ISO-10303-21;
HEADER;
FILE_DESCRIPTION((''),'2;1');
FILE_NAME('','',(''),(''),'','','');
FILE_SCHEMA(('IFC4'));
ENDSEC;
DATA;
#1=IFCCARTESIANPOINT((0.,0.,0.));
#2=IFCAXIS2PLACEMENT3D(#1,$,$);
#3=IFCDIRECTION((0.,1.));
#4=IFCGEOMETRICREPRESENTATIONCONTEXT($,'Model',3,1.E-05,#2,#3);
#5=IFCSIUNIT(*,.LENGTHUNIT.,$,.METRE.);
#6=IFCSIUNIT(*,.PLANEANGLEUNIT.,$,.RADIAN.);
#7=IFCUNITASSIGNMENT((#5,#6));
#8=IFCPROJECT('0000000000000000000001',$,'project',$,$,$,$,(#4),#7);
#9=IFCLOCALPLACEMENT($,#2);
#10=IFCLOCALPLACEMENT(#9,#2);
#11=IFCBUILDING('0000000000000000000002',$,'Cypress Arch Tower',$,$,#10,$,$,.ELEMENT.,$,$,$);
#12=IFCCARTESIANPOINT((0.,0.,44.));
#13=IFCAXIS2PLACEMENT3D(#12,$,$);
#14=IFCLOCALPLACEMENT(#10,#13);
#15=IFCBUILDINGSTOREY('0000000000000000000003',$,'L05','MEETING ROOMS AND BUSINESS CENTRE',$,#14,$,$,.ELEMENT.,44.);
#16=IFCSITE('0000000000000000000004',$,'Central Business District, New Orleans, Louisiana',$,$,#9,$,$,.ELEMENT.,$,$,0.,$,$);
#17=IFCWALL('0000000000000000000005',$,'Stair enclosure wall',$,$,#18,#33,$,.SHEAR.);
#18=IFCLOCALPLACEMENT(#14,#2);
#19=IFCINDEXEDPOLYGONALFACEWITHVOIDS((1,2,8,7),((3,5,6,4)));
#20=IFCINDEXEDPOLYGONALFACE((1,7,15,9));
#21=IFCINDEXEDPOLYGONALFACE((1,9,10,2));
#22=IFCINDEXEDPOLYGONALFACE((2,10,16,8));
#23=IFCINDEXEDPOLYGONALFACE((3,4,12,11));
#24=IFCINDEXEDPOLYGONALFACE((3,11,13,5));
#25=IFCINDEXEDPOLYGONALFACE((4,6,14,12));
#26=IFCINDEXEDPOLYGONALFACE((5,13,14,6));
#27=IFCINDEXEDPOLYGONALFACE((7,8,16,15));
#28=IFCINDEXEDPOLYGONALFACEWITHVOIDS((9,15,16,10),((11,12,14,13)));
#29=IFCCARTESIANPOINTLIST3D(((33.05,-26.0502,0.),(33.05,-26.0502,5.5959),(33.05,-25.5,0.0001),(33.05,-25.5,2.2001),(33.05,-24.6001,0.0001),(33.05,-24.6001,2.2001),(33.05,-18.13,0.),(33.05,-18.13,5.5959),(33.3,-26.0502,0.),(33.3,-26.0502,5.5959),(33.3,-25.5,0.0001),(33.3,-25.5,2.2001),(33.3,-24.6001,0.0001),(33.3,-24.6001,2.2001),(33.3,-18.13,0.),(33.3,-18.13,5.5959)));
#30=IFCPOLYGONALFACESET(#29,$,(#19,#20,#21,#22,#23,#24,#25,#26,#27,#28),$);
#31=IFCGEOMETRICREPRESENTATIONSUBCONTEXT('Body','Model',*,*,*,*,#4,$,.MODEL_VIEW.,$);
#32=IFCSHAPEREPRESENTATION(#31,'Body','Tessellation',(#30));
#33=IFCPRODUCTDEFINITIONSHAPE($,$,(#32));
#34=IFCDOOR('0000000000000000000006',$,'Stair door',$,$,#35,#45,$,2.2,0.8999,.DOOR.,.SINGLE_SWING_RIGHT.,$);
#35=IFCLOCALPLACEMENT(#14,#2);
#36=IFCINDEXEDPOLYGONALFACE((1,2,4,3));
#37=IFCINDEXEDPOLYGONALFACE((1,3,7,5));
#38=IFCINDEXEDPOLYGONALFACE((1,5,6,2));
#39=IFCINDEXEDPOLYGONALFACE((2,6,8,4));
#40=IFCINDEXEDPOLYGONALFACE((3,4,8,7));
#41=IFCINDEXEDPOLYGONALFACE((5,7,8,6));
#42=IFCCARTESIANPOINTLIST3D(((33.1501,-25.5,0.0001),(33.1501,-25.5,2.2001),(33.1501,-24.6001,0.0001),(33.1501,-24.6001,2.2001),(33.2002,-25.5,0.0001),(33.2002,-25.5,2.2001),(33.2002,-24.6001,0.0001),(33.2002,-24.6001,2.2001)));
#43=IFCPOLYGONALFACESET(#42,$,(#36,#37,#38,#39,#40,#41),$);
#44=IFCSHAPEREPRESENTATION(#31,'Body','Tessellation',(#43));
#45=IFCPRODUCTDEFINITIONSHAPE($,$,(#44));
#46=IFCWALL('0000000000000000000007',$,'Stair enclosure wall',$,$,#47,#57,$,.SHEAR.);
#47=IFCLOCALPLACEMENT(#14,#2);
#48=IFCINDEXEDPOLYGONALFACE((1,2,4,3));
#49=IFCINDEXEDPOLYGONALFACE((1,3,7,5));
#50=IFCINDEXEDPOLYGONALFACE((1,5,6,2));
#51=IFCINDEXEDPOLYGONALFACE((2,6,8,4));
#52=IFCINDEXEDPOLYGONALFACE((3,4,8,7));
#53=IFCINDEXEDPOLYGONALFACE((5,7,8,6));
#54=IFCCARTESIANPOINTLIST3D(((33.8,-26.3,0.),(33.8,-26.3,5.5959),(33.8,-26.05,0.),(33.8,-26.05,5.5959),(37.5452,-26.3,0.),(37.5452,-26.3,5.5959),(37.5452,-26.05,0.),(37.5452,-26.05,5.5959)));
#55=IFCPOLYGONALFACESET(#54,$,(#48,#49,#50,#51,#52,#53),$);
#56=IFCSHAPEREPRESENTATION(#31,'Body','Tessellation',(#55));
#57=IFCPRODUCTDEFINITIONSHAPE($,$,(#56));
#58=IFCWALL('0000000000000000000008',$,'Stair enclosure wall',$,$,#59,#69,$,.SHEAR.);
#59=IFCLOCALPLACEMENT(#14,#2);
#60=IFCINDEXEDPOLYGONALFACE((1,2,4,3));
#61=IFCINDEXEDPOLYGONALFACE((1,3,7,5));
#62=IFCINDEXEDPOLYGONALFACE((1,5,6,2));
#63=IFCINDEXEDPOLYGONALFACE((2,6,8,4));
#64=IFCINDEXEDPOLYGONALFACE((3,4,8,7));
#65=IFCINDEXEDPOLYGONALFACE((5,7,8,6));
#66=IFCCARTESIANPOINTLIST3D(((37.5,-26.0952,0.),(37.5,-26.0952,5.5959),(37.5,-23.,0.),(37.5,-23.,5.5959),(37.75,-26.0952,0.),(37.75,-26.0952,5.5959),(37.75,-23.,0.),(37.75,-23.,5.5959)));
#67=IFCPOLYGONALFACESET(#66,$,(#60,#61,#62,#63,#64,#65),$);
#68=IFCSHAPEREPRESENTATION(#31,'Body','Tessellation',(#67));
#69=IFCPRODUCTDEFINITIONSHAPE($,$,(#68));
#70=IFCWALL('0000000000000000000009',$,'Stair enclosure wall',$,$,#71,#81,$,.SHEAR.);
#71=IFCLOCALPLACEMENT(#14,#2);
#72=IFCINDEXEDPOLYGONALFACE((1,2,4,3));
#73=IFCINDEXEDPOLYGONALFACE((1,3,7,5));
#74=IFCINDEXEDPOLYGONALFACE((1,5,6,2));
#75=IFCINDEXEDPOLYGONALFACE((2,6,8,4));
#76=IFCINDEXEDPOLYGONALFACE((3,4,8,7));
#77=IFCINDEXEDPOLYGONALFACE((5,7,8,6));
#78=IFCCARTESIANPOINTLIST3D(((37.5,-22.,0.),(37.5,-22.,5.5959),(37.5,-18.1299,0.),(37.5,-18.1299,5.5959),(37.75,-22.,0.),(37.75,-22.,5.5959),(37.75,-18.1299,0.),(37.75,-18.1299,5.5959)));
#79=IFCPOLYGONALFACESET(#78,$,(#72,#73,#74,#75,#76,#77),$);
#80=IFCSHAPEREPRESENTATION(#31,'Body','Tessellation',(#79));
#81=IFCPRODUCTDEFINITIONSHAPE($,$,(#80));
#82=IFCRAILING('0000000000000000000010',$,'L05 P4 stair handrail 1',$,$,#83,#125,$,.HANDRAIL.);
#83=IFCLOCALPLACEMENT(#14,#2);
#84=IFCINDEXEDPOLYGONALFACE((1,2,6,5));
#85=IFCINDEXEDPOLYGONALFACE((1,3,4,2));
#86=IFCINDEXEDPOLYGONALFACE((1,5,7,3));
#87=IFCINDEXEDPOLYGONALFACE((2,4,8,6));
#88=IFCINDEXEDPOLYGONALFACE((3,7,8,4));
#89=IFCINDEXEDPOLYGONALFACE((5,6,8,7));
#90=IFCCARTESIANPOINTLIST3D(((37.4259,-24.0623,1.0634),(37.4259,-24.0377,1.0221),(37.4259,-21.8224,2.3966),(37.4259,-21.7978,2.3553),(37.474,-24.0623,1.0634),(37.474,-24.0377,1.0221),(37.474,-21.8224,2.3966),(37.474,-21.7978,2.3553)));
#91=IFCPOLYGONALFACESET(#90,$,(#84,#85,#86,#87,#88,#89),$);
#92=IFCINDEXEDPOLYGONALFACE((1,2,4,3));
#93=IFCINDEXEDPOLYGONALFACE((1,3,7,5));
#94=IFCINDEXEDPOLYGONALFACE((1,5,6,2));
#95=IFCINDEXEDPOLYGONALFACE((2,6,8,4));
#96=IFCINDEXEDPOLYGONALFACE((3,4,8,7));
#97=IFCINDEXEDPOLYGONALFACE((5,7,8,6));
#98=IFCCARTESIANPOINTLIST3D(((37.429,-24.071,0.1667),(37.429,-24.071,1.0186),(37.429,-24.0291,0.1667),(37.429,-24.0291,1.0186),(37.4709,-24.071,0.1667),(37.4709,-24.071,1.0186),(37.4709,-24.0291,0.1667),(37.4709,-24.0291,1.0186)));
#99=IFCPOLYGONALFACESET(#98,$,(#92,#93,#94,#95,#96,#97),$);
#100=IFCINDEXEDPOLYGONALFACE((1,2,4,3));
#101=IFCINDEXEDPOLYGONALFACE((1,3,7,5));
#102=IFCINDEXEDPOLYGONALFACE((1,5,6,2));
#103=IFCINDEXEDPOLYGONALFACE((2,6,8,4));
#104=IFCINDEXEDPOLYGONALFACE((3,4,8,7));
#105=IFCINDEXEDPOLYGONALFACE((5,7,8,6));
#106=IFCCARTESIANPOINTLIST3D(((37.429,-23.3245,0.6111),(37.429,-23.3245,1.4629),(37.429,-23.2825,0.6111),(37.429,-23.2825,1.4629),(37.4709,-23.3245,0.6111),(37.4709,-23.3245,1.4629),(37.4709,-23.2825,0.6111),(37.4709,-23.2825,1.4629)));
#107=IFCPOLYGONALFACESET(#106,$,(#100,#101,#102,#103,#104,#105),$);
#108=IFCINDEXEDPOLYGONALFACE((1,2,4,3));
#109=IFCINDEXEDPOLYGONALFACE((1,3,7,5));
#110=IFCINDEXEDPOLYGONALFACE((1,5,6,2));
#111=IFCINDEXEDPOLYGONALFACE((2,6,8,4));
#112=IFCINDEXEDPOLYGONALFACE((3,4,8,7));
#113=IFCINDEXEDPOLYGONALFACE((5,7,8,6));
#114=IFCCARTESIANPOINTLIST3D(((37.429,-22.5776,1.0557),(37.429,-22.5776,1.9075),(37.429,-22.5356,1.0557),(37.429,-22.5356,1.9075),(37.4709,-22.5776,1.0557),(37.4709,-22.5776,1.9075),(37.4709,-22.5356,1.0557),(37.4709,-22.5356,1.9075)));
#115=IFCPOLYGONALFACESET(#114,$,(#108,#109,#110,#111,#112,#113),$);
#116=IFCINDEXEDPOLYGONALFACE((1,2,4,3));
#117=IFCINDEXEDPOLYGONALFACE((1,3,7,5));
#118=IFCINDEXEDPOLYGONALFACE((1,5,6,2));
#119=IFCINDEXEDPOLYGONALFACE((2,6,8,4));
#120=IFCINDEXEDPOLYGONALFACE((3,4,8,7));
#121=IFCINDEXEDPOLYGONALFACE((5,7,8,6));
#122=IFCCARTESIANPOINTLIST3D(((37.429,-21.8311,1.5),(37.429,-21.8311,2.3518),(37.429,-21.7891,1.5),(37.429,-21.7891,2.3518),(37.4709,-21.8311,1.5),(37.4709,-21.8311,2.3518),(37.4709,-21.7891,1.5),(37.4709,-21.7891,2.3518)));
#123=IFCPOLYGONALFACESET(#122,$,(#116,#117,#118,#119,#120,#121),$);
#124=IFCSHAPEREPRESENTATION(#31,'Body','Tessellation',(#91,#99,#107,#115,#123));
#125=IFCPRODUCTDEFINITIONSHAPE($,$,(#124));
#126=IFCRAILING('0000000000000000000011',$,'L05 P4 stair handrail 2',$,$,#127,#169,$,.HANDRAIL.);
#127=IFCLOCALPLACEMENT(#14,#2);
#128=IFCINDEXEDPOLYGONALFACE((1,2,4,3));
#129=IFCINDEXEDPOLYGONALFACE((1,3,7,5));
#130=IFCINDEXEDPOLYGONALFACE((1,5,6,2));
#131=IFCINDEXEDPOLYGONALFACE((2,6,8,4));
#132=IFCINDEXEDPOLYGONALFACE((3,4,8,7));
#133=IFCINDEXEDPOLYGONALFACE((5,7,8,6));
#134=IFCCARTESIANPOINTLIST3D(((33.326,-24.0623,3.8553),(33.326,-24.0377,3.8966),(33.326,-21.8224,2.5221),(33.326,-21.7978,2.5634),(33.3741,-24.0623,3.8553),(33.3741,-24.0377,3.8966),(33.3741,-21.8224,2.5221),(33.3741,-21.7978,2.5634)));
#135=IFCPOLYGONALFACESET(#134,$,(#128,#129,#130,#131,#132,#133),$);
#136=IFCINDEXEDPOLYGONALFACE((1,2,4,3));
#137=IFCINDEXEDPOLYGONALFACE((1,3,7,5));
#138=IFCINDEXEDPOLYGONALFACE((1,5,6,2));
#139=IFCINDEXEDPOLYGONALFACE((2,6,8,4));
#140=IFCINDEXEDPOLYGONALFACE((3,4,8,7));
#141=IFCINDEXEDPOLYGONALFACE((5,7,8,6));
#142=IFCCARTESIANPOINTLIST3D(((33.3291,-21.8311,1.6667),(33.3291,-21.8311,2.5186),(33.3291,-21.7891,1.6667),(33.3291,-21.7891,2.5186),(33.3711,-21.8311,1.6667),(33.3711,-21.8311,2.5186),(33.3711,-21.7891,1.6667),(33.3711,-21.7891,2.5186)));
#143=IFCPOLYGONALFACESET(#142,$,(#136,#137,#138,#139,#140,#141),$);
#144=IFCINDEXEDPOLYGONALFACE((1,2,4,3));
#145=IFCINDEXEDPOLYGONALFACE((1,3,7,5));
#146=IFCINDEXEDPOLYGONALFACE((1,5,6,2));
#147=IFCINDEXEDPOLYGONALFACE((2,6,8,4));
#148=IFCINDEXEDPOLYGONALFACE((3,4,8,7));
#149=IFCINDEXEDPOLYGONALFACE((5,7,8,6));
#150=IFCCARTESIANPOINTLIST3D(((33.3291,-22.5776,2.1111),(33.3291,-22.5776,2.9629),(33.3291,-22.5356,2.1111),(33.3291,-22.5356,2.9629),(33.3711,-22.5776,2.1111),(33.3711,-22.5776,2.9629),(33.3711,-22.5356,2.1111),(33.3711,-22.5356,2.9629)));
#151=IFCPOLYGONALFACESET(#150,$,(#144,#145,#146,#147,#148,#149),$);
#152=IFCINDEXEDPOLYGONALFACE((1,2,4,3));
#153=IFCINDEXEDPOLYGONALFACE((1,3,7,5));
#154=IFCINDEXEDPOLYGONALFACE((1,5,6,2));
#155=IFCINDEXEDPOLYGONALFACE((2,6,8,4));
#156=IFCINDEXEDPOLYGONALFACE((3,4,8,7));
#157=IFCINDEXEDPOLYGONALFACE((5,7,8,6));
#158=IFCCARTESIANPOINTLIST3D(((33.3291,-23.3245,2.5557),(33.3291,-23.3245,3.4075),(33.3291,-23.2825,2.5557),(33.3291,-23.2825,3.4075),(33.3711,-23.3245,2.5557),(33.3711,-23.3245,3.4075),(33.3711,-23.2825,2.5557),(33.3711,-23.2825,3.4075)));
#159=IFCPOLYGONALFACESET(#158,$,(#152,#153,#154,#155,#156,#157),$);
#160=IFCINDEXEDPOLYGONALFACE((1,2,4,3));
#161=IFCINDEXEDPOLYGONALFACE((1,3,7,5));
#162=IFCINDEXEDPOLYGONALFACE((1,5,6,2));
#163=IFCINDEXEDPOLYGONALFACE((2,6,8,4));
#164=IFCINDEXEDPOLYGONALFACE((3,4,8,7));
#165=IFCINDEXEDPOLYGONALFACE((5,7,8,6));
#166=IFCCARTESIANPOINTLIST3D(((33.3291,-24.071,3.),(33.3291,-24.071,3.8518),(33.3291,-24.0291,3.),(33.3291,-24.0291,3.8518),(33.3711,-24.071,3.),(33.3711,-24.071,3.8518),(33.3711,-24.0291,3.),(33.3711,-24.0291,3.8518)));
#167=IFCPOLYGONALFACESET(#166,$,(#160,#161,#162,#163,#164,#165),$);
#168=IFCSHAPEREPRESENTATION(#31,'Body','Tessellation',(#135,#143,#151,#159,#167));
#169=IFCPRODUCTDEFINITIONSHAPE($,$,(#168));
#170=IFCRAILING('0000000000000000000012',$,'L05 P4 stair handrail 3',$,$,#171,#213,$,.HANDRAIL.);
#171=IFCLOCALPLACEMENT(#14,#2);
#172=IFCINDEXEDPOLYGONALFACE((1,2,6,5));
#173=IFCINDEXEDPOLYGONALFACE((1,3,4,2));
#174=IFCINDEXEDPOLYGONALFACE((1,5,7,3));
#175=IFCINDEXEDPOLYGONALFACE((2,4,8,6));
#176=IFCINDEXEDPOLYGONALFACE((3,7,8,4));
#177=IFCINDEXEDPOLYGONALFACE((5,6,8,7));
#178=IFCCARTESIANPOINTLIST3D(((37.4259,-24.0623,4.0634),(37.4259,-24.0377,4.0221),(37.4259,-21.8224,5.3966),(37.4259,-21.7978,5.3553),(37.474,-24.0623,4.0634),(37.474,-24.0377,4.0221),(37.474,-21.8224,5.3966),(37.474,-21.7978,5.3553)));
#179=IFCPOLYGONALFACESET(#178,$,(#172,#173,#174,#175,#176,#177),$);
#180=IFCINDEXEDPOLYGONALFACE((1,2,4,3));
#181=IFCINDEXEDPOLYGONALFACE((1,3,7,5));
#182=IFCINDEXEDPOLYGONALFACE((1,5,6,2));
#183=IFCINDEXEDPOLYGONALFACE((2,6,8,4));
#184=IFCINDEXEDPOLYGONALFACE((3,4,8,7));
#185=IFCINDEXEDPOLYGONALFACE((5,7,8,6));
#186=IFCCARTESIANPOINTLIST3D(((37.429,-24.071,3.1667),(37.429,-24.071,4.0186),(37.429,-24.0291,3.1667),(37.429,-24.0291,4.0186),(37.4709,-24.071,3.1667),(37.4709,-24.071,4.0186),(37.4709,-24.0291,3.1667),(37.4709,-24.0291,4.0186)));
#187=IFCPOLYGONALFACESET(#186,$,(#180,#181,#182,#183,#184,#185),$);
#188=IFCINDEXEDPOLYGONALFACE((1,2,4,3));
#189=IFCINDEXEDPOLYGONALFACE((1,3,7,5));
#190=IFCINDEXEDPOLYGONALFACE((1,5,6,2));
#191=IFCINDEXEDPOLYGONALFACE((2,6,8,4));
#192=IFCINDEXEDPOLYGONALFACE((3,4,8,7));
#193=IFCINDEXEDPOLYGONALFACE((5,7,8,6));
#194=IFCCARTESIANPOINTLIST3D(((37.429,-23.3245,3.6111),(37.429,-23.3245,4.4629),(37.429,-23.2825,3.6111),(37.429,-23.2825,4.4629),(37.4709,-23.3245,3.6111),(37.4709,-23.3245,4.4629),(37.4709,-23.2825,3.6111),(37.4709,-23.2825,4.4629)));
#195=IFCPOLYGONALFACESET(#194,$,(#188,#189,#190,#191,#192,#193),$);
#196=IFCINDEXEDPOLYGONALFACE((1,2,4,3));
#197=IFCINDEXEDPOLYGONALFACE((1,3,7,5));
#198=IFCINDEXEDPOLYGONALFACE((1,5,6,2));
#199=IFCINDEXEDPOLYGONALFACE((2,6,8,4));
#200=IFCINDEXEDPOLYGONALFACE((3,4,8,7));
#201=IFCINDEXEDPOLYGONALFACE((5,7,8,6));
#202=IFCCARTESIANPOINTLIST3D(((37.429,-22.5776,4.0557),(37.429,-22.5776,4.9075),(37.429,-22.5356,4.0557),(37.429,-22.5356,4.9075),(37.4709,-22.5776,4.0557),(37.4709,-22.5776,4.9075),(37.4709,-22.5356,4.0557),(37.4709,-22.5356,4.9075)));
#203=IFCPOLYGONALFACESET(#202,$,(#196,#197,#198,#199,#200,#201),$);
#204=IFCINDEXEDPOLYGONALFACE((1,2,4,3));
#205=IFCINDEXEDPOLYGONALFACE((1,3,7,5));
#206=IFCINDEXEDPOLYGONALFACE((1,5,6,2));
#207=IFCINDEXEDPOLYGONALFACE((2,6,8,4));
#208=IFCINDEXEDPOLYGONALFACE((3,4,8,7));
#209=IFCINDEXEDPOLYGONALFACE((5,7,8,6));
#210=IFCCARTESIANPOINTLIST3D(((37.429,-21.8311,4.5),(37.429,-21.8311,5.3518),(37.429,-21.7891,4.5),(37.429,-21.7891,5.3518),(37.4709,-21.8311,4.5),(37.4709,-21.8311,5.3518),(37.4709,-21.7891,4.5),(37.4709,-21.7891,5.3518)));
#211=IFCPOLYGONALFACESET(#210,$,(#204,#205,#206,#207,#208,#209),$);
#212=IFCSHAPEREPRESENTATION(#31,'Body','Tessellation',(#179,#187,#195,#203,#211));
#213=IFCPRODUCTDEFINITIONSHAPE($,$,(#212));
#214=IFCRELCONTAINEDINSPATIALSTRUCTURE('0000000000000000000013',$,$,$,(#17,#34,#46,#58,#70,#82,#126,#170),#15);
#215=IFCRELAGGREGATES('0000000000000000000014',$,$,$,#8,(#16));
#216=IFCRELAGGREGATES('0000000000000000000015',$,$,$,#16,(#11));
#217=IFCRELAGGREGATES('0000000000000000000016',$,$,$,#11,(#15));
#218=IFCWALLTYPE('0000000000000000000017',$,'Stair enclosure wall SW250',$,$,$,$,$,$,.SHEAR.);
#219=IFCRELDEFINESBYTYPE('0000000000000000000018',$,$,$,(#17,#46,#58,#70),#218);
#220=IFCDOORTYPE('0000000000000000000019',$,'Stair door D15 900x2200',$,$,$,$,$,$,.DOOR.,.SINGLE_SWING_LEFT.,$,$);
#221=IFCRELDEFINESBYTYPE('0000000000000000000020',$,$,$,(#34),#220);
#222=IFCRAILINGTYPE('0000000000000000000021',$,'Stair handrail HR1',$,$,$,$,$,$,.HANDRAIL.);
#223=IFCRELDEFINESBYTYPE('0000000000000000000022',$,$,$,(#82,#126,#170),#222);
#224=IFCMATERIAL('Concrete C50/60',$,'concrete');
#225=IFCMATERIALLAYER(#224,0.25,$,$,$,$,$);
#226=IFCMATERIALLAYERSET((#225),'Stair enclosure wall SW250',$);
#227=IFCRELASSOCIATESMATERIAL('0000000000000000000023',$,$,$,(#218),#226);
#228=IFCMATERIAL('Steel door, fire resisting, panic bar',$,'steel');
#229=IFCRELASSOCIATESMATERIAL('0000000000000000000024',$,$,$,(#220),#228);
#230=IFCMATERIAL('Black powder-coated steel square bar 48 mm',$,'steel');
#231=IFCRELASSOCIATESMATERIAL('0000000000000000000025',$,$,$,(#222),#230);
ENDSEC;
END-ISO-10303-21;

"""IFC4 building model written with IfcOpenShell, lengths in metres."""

from ifc_helpers import new_model, si_unit, direction, frame, frame_2d, origin, origin_2d, place, context, subcontext, project, spatial, rectangle, extrude, material, layer, layer_set, type_object, element, fill, save


model = new_model("IFC4")

# Units and contexts
model_context = context("Model", 3, precision=1e-05, world=origin(), true_north=direction((0.0, 1.0)))
body_context = subcontext(model_context, "Body", "Model", "MODEL_VIEW")
ifc_project = project(units=[si_unit("LENGTHUNIT", "METRE"), si_unit("PLANEANGLEUNIT", "RADIAN")], contexts=[model_context])

# Site, building, storey
site_placement = place(None, origin())
site = spatial("IfcSite", under=ifc_project, at=site_placement, Name="Central Business District, New Orleans, Louisiana", CompositionType="ELEMENT", RefElevation=0.0)
building_placement = place(site_placement, origin())
building = spatial("IfcBuilding", under=site, at=building_placement, Name="Cypress Arch Tower", CompositionType="ELEMENT")
storey_placement = place(building_placement, frame((0.0, 0.0, 44.0)))
storey = spatial("IfcBuildingStorey", under=building, at=storey_placement, Name="L05", Description="MEETING ROOMS AND BUSINESS CENTRE", CompositionType="ELEMENT", Elevation=44.0)

# Wall, opening, door
ifc_material_1 = material(Name="Concrete C50/60", Category="concrete")
ifc_layer_1 = layer(ifc_material_1, 0.25)
ifc_layer_set_1 = layer_set([ifc_layer_1], Name="Stair enclosure wall SW250")
wall_type_1 = type_object("IfcWallType", Name="Stair enclosure wall SW250", PredefinedType="SHEAR", material=ifc_layer_set_1)
wall_1_placement = place(storey_placement, frame((33.175, -26.05, 0.0), z_axis=(0.0, 0.0, 1.0), x_axis=(0.0, 1.0, 0.0)))
wall_1 = element("IfcWall", 1, at=wall_1_placement, inside=storey, type_object=wall_type_1, Name="Stair enclosure wall", PredefinedType="SHEAR", context=body_context, shape_type="SweptSolid", body=[
    extrude(rectangle(XDim=7.9202, YDim=0.25, at=frame_2d((3.96, 0.0))), origin(), (0.0, 0.0, 1.0), 5.5959),
])
opening_1_placement = place(wall_1_placement, frame((0.55, 0.0, 0.0)))
opening_1 = element("IfcOpeningElement", 2, at=opening_1_placement, cuts=wall_1, PredefinedType="OPENING", context=body_context, shape_type="SweptSolid", body=[
    extrude(rectangle(XDim=0.8999, YDim=2.2, at=frame_2d((0.45, 1.1001))), frame((0.0, 0.135, 0.0), z_axis=(0.0, -1.0, 0.0), x_axis=(1.0, 0.0, 0.0)), (0.0, 0.0, 1.0), 0.27),
])
ifc_material_2 = material(Name="Steel door, fire resisting, panic bar", Category="steel")
door_type = type_object("IfcDoorType", Name="Stair door D15 900x2200", OperationType="SINGLE_SWING_LEFT", PredefinedType="DOOR", material=ifc_material_2)
door_placement = place(opening_1_placement, origin())
door = element("IfcDoor", 3, at=door_placement, inside=storey, type_object=door_type, Name="Stair door", OperationType="SINGLE_SWING_RIGHT", OverallHeight=2.2, OverallWidth=0.8999, PredefinedType="DOOR", context=body_context, shape_type="SweptSolid", body=[
    extrude(rectangle(XDim=0.8999, YDim=2.2, at=frame_2d((0.45, 1.1001))), frame((0.0, 0.0249, 0.0), z_axis=(0.0, -1.0, 0.0), x_axis=(1.0, 0.0, 0.0)), (0.0, 0.0, 1.0), 0.05),
])
fill(opening_1, door)

# Walls
wall_2_placement = place(storey_placement, frame((33.8, -26.175, 0.0), z_axis=(0.0, 0.0, 1.0), x_axis=(1.0, 0.0, 0.0)))
element("IfcWall", 4, at=wall_2_placement, inside=storey, type_object=wall_type_1, Name="Stair enclosure wall", PredefinedType="SHEAR", context=body_context, shape_type="SweptSolid", body=[
    extrude(rectangle(XDim=3.7451, YDim=0.25, at=frame_2d((1.8726, 0.0))), origin(), (0.0, 0.0, 1.0), 5.5959),
])
wall_3_placement = place(storey_placement, frame((37.625, -26.0952, 0.0), z_axis=(0.0, 0.0, 1.0), x_axis=(0.0, 1.0, 0.0)))
element("IfcWall", 5, at=wall_3_placement, inside=storey, type_object=wall_type_1, Name="Stair enclosure wall", PredefinedType="SHEAR", context=body_context, shape_type="SweptSolid", body=[
    extrude(rectangle(XDim=3.0952, YDim=0.25, at=frame_2d((1.5476, 0.0))), origin(), (0.0, 0.0, 1.0), 5.5959),
])
wall_4_placement = place(storey_placement, frame((37.625, -22.0, 0.0), z_axis=(0.0, 0.0, 1.0), x_axis=(0.0, 1.0, 0.0)))
element("IfcWall", 6, at=wall_4_placement, inside=storey, type_object=wall_type_1, Name="Stair enclosure wall", PredefinedType="SHEAR", context=body_context, shape_type="SweptSolid", body=[
    extrude(rectangle(XDim=3.8701, YDim=0.25, at=frame_2d((1.9351, 0.0))), origin(), (0.0, 0.0, 1.0), 5.5959),
])

# Railings
ifc_material_3 = material(Name="Black powder-coated steel square bar 48 mm", Category="steel")
railing_type_1 = type_object("IfcRailingType", Name="Stair handrail HR1", PredefinedType="HANDRAIL", material=ifc_material_3)
railing_1_placement = place(storey_placement, frame((37.45, -24.05, 0.1667)))
element("IfcRailing", 7, at=railing_1_placement, inside=storey, type_object=railing_type_1, Name="L05 P4 stair handrail 1", PredefinedType="HANDRAIL", context=body_context, shape_type="SweptSolid", body=[
    extrude(rectangle(XDim=0.0481, YDim=0.0481, at=origin_2d()), frame((0.0, 0.0, 0.876), z_axis=(0.0, 0.859306, 0.511462), x_axis=(-1.0, 0.0, 0.0)), (0.0, 0.0, 1.0), 2.6067),
    extrude(rectangle(XDim=0.042, YDim=0.042, at=origin_2d()), origin(), (0.0, 0.0, 1.0), 0.8518),
    extrude(rectangle(XDim=0.042, YDim=0.042, at=origin_2d()), frame((0.0, 0.7466, 0.4443)), (0.0, 0.0, 1.0), 0.8518),
    extrude(rectangle(XDim=0.042, YDim=0.042, at=origin_2d()), frame((0.0, 1.4934, 0.8889)), (0.0, 0.0, 1.0), 0.8518),
    extrude(rectangle(XDim=0.042, YDim=0.042, at=origin_2d()), frame((0.0, 2.24, 1.3333)), (0.0, 0.0, 1.0), 0.8518),
])
railing_2_placement = place(storey_placement, frame((33.3501, -21.8101, 1.6667)))
element("IfcRailing", 8, at=railing_2_placement, inside=storey, type_object=railing_type_1, Name="L05 P4 stair handrail 2", PredefinedType="HANDRAIL", context=body_context, shape_type="SweptSolid", body=[
    extrude(rectangle(XDim=0.0481, YDim=0.0481, at=origin_2d()), frame((0.0, 0.0, 0.876), z_axis=(0.0, -0.859306, 0.511462), x_axis=(1.0, 0.0, 0.0)), (0.0, 0.0, 1.0), 2.6067),
    extrude(rectangle(XDim=0.042, YDim=0.042, at=origin_2d()), origin(), (0.0, 0.0, 1.0), 0.8518),
    extrude(rectangle(XDim=0.042, YDim=0.042, at=origin_2d()), frame((0.0, -0.7466, 0.4443)), (0.0, 0.0, 1.0), 0.8518),
    extrude(rectangle(XDim=0.042, YDim=0.042, at=origin_2d()), frame((0.0, -1.4934, 0.8889)), (0.0, 0.0, 1.0), 0.8518),
    extrude(rectangle(XDim=0.042, YDim=0.042, at=origin_2d()), frame((0.0, -2.24, 1.3333)), (0.0, 0.0, 1.0), 0.8518),
])
railing_3_placement = place(storey_placement, frame((37.45, -24.05, 3.1667)))
element("IfcRailing", 9, at=railing_3_placement, inside=storey, type_object=railing_type_1, Name="L05 P4 stair handrail 3", PredefinedType="HANDRAIL", context=body_context, shape_type="SweptSolid", body=[
    extrude(rectangle(XDim=0.0481, YDim=0.0481, at=origin_2d()), frame((0.0, 0.0, 0.876), z_axis=(0.0, 0.859306, 0.511462), x_axis=(-1.0, 0.0, 0.0)), (0.0, 0.0, 1.0), 2.6067),
    extrude(rectangle(XDim=0.042, YDim=0.042, at=origin_2d()), origin(), (0.0, 0.0, 1.0), 0.8518),
    extrude(rectangle(XDim=0.042, YDim=0.042, at=origin_2d()), frame((0.0, 0.7466, 0.4443)), (0.0, 0.0, 1.0), 0.8518),
    extrude(rectangle(XDim=0.042, YDim=0.042, at=origin_2d()), frame((0.0, 1.4934, 0.8889)), (0.0, 0.0, 1.0), 0.8518),
    extrude(rectangle(XDim=0.042, YDim=0.042, at=origin_2d()), frame((0.0, 2.24, 1.3333)), (0.0, 0.0, 1.0), 0.8518),
])

save(model, "model.ifc")
